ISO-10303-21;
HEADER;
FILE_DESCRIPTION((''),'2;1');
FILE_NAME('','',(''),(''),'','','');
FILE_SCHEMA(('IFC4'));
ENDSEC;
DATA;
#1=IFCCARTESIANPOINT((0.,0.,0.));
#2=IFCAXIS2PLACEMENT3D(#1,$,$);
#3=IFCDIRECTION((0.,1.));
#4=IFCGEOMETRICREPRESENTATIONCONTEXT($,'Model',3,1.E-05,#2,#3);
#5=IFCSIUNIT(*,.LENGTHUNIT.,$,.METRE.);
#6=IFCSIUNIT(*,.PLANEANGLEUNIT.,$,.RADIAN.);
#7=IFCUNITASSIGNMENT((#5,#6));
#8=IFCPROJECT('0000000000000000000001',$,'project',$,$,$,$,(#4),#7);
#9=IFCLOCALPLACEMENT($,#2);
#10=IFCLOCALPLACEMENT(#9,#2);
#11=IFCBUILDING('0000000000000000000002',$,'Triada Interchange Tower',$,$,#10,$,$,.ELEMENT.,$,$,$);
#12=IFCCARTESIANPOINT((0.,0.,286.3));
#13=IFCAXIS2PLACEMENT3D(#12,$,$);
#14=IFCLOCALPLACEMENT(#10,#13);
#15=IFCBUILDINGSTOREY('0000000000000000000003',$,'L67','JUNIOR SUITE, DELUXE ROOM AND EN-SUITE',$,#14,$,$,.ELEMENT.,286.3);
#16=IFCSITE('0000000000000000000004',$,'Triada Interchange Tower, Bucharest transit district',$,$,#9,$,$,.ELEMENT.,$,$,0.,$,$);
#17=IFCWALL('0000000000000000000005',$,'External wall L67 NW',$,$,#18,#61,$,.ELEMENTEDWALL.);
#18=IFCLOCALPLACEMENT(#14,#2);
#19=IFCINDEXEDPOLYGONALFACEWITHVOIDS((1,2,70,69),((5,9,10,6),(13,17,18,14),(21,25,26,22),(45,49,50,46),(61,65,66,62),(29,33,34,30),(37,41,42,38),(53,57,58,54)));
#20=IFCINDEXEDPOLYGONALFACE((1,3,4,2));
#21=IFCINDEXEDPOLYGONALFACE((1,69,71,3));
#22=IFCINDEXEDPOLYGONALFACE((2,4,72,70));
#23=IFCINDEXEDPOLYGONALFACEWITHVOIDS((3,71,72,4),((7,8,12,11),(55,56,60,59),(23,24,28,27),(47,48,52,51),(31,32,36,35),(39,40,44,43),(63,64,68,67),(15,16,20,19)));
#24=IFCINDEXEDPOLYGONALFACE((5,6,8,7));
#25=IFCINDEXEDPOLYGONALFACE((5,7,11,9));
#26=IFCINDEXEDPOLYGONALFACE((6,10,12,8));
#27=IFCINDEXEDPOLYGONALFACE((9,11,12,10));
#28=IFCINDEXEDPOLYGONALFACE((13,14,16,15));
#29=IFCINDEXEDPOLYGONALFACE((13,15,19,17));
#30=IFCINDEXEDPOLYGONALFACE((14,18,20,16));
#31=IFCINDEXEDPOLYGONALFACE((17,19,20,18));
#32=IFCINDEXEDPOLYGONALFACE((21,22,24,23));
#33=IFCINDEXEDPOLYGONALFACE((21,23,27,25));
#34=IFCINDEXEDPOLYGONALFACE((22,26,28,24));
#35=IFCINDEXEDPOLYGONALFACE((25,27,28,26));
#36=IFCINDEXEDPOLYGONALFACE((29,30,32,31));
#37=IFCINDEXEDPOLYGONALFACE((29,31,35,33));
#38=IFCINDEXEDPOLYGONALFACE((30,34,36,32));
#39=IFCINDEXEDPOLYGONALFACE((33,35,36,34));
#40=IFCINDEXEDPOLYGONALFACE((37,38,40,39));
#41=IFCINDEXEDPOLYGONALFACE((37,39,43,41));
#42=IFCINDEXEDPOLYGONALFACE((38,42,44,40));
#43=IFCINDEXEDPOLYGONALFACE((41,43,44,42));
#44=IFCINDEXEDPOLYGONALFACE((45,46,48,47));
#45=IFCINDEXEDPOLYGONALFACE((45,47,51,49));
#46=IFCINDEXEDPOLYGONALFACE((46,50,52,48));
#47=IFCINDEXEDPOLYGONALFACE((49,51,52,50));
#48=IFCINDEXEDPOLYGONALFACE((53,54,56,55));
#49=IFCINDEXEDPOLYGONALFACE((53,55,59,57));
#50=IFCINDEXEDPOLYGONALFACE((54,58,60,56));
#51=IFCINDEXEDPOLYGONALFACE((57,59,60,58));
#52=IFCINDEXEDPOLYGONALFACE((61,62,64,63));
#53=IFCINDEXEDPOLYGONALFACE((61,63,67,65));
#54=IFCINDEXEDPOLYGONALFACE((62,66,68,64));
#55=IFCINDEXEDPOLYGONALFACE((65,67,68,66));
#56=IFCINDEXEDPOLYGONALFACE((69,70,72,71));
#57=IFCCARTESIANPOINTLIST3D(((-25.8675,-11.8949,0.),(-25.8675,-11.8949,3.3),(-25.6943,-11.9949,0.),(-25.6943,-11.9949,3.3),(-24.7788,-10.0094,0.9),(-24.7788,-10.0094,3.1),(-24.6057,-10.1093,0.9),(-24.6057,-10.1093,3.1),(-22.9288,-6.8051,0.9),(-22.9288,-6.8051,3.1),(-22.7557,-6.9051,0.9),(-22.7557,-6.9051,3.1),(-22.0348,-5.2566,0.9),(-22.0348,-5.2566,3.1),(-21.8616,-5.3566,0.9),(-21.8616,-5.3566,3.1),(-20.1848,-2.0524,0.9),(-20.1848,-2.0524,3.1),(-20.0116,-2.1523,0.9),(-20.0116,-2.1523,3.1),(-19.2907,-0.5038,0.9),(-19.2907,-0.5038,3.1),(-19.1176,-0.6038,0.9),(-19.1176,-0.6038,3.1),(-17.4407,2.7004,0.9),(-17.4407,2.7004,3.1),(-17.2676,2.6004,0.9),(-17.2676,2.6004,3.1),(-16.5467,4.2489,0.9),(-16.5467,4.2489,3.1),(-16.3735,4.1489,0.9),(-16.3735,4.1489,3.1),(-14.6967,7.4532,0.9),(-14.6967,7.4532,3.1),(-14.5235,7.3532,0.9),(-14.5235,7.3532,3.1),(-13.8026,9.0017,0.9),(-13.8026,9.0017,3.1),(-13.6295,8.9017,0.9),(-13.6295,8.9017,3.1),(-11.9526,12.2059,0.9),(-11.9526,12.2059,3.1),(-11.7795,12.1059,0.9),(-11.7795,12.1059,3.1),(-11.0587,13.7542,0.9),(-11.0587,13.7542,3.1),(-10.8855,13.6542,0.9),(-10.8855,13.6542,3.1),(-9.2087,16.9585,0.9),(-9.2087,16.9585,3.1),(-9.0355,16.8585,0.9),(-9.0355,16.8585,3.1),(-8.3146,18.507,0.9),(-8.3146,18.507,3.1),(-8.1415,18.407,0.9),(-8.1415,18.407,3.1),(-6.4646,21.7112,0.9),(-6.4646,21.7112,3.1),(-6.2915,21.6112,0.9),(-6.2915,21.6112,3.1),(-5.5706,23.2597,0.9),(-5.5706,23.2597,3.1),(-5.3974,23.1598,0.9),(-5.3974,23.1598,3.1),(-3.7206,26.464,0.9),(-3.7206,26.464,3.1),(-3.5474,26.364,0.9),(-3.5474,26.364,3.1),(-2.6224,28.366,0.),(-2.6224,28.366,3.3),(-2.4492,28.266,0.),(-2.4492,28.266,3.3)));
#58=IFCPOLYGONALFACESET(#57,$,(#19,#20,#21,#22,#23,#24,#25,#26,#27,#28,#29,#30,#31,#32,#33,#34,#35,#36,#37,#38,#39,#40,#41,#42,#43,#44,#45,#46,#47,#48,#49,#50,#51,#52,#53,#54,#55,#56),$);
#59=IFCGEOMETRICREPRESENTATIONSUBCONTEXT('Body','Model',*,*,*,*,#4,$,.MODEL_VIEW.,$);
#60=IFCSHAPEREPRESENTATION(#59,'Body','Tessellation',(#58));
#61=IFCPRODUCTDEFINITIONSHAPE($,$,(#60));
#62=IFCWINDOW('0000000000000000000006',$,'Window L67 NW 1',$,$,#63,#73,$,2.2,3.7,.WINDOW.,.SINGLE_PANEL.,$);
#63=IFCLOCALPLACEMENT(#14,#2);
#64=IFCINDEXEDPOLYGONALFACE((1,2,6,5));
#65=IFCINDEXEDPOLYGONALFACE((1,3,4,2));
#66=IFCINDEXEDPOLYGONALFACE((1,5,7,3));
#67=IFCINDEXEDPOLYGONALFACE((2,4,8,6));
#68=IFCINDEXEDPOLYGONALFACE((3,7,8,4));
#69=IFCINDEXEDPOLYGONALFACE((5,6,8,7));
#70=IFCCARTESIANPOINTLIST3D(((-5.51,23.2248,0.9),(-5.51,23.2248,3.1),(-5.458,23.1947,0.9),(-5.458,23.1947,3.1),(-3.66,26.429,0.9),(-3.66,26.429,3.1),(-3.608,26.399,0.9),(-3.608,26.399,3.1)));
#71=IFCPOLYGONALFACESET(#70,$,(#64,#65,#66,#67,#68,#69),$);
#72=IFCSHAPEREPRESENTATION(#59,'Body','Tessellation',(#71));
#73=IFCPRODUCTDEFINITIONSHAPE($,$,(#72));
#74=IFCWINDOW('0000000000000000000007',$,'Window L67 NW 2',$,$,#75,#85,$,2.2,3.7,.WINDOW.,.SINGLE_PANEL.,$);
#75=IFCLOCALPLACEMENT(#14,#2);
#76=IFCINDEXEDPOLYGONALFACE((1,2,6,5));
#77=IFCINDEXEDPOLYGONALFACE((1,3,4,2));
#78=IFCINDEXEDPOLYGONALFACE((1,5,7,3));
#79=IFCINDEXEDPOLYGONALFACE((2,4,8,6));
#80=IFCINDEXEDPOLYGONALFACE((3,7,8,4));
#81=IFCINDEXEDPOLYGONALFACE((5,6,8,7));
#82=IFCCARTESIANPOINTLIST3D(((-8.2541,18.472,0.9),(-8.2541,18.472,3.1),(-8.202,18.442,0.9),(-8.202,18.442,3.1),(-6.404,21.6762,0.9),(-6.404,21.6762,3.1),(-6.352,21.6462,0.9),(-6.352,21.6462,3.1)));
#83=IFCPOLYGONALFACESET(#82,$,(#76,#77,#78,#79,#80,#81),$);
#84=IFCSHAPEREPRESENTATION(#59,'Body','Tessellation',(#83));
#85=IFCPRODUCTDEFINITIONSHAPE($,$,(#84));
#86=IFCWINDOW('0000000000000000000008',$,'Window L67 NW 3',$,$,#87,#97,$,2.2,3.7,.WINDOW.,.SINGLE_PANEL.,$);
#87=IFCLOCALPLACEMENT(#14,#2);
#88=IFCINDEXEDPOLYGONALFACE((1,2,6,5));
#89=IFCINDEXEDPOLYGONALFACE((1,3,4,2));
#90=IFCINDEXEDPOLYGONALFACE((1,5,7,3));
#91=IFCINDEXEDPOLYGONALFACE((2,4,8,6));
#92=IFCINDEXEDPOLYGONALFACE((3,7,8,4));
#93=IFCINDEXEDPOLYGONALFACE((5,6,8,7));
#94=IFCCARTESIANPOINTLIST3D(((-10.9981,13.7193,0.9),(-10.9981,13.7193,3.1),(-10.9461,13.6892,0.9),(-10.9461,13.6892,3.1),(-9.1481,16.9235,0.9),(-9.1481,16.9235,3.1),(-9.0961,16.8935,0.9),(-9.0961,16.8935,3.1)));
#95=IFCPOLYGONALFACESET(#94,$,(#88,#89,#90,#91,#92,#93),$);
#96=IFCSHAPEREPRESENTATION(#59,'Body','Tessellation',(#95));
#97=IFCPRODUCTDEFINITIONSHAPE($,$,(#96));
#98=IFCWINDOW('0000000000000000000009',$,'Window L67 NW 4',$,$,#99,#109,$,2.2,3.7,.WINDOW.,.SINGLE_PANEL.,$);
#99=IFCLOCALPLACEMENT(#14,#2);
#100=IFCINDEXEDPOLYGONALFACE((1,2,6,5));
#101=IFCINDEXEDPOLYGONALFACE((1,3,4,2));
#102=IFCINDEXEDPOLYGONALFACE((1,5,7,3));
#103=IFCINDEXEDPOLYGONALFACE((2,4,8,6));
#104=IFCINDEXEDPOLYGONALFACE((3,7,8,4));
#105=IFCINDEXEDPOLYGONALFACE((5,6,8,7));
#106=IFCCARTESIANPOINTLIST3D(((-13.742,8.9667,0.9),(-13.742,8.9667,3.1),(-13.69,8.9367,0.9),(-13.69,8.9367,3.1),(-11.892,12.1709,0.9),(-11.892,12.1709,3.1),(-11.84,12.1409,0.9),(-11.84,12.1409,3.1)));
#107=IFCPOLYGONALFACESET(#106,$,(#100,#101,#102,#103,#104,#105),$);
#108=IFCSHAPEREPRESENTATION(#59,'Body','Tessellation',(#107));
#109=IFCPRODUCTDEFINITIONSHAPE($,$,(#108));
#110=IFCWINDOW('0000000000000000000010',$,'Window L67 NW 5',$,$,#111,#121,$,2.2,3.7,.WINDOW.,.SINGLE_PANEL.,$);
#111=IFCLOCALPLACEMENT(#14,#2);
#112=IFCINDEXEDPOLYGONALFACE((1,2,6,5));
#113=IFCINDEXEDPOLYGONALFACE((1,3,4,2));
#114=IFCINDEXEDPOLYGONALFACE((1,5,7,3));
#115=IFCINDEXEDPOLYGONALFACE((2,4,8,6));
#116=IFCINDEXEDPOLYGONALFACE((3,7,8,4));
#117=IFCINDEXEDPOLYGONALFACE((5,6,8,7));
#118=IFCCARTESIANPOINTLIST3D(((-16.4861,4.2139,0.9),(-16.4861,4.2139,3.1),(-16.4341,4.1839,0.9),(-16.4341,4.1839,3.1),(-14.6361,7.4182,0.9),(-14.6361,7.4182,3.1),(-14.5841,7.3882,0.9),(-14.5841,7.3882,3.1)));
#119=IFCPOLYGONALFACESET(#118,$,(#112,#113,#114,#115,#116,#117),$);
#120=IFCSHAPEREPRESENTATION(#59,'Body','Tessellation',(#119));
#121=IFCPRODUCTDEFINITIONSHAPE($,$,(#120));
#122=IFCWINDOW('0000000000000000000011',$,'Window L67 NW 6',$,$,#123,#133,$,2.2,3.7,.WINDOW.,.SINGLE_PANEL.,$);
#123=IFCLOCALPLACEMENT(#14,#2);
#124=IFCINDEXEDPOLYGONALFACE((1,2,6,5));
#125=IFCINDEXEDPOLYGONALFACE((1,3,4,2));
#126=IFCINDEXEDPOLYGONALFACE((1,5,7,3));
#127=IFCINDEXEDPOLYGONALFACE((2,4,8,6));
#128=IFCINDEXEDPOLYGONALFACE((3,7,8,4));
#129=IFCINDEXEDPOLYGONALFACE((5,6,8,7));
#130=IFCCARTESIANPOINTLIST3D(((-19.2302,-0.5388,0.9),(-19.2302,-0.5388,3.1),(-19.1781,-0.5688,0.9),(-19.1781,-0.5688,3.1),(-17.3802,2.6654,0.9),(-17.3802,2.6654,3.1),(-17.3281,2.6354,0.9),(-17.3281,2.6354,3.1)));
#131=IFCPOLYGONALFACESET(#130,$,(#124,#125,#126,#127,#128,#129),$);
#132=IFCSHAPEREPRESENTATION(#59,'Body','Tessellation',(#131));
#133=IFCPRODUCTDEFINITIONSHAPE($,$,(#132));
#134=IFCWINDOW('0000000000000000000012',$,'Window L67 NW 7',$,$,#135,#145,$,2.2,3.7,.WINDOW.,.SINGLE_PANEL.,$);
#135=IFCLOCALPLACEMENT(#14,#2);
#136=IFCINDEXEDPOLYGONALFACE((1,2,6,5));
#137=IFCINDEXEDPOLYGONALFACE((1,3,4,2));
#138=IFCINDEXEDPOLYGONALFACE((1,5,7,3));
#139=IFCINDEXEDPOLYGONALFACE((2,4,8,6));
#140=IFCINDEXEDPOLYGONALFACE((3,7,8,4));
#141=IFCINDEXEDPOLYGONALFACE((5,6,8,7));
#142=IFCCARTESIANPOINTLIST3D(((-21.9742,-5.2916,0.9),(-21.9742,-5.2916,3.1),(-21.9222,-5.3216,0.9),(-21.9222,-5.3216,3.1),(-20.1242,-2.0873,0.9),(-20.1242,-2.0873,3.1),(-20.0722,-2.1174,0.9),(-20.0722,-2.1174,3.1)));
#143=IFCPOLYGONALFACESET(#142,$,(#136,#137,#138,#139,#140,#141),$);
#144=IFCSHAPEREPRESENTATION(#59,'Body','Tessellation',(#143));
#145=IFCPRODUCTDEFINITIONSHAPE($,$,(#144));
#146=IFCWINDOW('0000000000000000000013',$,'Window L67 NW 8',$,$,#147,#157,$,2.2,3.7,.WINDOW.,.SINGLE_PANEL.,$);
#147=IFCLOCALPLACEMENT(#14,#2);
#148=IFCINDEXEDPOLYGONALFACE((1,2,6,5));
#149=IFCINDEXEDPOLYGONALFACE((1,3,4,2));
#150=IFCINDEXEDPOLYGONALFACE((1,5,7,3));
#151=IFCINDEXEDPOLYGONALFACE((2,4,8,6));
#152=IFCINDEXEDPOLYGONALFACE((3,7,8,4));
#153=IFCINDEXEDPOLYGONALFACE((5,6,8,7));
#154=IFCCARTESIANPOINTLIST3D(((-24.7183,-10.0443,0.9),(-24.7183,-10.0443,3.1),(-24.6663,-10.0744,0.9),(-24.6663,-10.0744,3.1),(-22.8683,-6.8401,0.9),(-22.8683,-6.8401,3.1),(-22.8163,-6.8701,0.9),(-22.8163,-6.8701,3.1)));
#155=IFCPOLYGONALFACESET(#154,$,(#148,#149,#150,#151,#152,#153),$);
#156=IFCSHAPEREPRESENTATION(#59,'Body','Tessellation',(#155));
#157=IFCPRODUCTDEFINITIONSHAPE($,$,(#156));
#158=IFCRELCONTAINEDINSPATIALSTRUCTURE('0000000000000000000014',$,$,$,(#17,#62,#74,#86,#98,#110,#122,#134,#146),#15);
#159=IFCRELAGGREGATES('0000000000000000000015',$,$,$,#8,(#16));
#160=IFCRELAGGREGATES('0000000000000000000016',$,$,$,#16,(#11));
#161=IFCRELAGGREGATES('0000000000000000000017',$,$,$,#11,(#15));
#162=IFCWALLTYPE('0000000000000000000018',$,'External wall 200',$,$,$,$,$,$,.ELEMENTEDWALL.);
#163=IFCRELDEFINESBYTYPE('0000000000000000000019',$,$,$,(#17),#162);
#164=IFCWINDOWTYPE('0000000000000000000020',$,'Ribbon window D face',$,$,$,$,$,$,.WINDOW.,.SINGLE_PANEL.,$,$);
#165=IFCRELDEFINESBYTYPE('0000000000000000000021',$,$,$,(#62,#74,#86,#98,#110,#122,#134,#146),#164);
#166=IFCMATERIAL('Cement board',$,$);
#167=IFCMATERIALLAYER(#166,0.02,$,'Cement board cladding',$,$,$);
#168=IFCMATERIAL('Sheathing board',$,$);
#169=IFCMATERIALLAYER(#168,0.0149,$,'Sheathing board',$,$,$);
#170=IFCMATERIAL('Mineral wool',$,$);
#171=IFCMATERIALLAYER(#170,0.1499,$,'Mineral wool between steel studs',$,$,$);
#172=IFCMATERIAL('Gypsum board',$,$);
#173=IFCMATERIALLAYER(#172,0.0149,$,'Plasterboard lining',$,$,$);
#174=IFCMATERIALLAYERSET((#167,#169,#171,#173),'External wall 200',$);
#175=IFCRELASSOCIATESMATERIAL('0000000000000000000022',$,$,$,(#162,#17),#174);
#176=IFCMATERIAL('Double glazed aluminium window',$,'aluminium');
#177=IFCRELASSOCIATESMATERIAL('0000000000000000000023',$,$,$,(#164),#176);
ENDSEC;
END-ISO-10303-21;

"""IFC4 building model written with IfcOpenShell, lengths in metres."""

from ifc_helpers import new_model, si_unit, direction, frame, frame_2d, origin, place, context, subcontext, project, spatial, rectangle, extrude, material, layer, layer_set, layer_usage, type_object, element, fill, save


model = new_model("IFC4")

# Units and contexts
model_context = context("Model", 3, precision=1e-05, world=origin(), true_north=direction((0.0, 1.0)))
body_context = subcontext(model_context, "Body", "Model", "MODEL_VIEW")
ifc_project = project(units=[si_unit("LENGTHUNIT", "METRE"), si_unit("PLANEANGLEUNIT", "RADIAN")], contexts=[model_context])

# Site, building, storey
site_placement = place(None, origin())
site = spatial("IfcSite", under=ifc_project, at=site_placement, Name="Triada Interchange Tower, Bucharest transit district", CompositionType="ELEMENT", RefElevation=0.0)
building_placement = place(site_placement, origin())
building = spatial("IfcBuilding", under=site, at=building_placement, Name="Triada Interchange Tower", CompositionType="ELEMENT")
storey_placement = place(building_placement, frame((0.0, 0.0, 286.3)))
storey = spatial("IfcBuildingStorey", under=building, at=storey_placement, Name="L67", Description="JUNIOR SUITE, DELUXE ROOM AND EN-SUITE", CompositionType="ELEMENT", Elevation=286.3)

# Wall, openings, windows
ifc_material_1 = material(Name="Cement board")
ifc_layer_1 = layer(ifc_material_1, 0.02, Name="Cement board cladding")
ifc_material_2 = material(Name="Sheathing board")
ifc_layer_2 = layer(ifc_material_2, 0.0149, Name="Sheathing board")
ifc_material_3 = material(Name="Mineral wool")
ifc_layer_3 = layer(ifc_material_3, 0.1499, Name="Mineral wool between steel studs")
ifc_material_4 = material(Name="Gypsum board")
ifc_layer_4 = layer(ifc_material_4, 0.0149, Name="Plasterboard lining")
ifc_layer_set_1 = layer_set([ifc_layer_1, ifc_layer_2, ifc_layer_3, ifc_layer_4], Name="External wall 200")
ifc_layer_usage = layer_usage(ifc_layer_set_1, "AXIS2", "POSITIVE", -0.1001)
wall_type = type_object("IfcWallType", Name="External wall 200", PredefinedType="ELEMENTEDWALL", material=ifc_layer_set_1)
wall_placement = place(storey_placement, frame((-2.5359, 28.3159, 0.0), z_axis=(0.0, 0.0, 1.0), x_axis=(-0.500007, -0.866021, 0.0)))
wall = element("IfcWall", 1, at=wall_placement, inside=storey, type_object=wall_type, material=ifc_layer_usage, Name="External wall L67 NW", PredefinedType="ELEMENTEDWALL", context=body_context, shape_type="SweptSolid", body=[
    extrude(rectangle(XDim=46.4895, YDim=0.2, at=frame_2d((23.2446, 0.0))), origin(), (0.0, 0.0, 1.0), 3.3),
])
opening_1_placement = place(wall_placement, frame((2.196, 0.0, 0.8999)))
opening_1 = element("IfcOpeningElement", 2, at=opening_1_placement, cuts=wall, PredefinedType="OPENING", context=body_context, shape_type="SweptSolid", body=[
    extrude(rectangle(XDim=3.7, YDim=2.2, at=frame_2d((1.8501, 1.1001))), frame((0.0, 0.1099, 0.0), z_axis=(0.0, -1.0, 0.0), x_axis=(1.0, 0.0, 0.0)), (0.0, 0.0, 1.0), 0.22),
])
opening_2_placement = place(wall_placement, frame((7.6841, 0.0, 0.8999)))
opening_2 = element("IfcOpeningElement", 3, at=opening_2_placement, cuts=wall, PredefinedType="OPENING", context=body_context, shape_type="SweptSolid", body=[
    extrude(rectangle(XDim=3.7, YDim=2.2, at=frame_2d((1.8501, 1.1001))), frame((0.0, 0.1099, 0.0), z_axis=(0.0, -1.0, 0.0), x_axis=(1.0, 0.0, 0.0)), (0.0, 0.0, 1.0), 0.22),
])
opening_3_placement = place(wall_placement, frame((13.1721, 0.0, 0.8999)))
opening_3 = element("IfcOpeningElement", 4, at=opening_3_placement, cuts=wall, PredefinedType="OPENING", context=body_context, shape_type="SweptSolid", body=[
    extrude(rectangle(XDim=3.7, YDim=2.2, at=frame_2d((1.8501, 1.1001))), frame((0.0, 0.1099, 0.0), z_axis=(0.0, -1.0, 0.0), x_axis=(1.0, 0.0, 0.0)), (0.0, 0.0, 1.0), 0.22),
])
opening_4_placement = place(wall_placement, frame((18.6599, 0.0, 0.8999)))
opening_4 = element("IfcOpeningElement", 5, at=opening_4_placement, cuts=wall, PredefinedType="OPENING", context=body_context, shape_type="SweptSolid", body=[
    extrude(rectangle(XDim=3.7, YDim=2.2, at=frame_2d((1.8501, 1.1001))), frame((0.0, 0.1099, 0.0), z_axis=(0.0, -1.0, 0.0), x_axis=(1.0, 0.0, 0.0)), (0.0, 0.0, 1.0), 0.22),
])
opening_5_placement = place(wall_placement, frame((24.1479, 0.0, 0.8999)))
opening_5 = element("IfcOpeningElement", 6, at=opening_5_placement, cuts=wall, PredefinedType="OPENING", context=body_context, shape_type="SweptSolid", body=[
    extrude(rectangle(XDim=3.7, YDim=2.2, at=frame_2d((1.8501, 1.1001))), frame((0.0, 0.1099, 0.0), z_axis=(0.0, -1.0, 0.0), x_axis=(1.0, 0.0, 0.0)), (0.0, 0.0, 1.0), 0.22),
])
opening_6_placement = place(wall_placement, frame((29.636, 0.0, 0.8999)))
opening_6 = element("IfcOpeningElement", 7, at=opening_6_placement, cuts=wall, PredefinedType="OPENING", context=body_context, shape_type="SweptSolid", body=[
    extrude(rectangle(XDim=3.7, YDim=2.2, at=frame_2d((1.8501, 1.1001))), frame((0.0, 0.1099, 0.0), z_axis=(0.0, -1.0, 0.0), x_axis=(1.0, 0.0, 0.0)), (0.0, 0.0, 1.0), 0.22),
])
opening_7_placement = place(wall_placement, frame((35.124, 0.0, 0.8999)))
opening_7 = element("IfcOpeningElement", 8, at=opening_7_placement, cuts=wall, PredefinedType="OPENING", context=body_context, shape_type="SweptSolid", body=[
    extrude(rectangle(XDim=3.7, YDim=2.2, at=frame_2d((1.8501, 1.1001))), frame((0.0, 0.1099, 0.0), z_axis=(0.0, -1.0, 0.0), x_axis=(1.0, 0.0, 0.0)), (0.0, 0.0, 1.0), 0.22),
])
opening_8_placement = place(wall_placement, frame((40.6121, 0.0, 0.8999)))
opening_8 = element("IfcOpeningElement", 9, at=opening_8_placement, cuts=wall, PredefinedType="OPENING", context=body_context, shape_type="SweptSolid", body=[
    extrude(rectangle(XDim=3.7, YDim=2.2, at=frame_2d((1.8501, 1.1001))), frame((0.0, 0.1099, 0.0), z_axis=(0.0, -1.0, 0.0), x_axis=(1.0, 0.0, 0.0)), (0.0, 0.0, 1.0), 0.22),
])
ifc_material_5 = material(Name="Double glazed aluminium window", Category="aluminium")
window_type = type_object("IfcWindowType", Name="Ribbon window D face", PartitioningType="SINGLE_PANEL", PredefinedType="WINDOW", material=ifc_material_5)
window_1_placement = place(opening_1_placement, origin())
window_1 = element("IfcWindow", 10, at=window_1_placement, inside=storey, type_object=window_type, Name="Window L67 NW 1", OverallHeight=2.2, OverallWidth=3.7, PartitioningType="SINGLE_PANEL", PredefinedType="WINDOW", context=body_context, shape_type="SweptSolid", body=[
    extrude(rectangle(XDim=3.7, YDim=2.2, at=frame_2d((1.8501, 1.1001))), frame((0.0, 0.03, 0.0), z_axis=(0.0, -1.0, 0.0), x_axis=(1.0, 0.0, 0.0)), (0.0, 0.0, 1.0), 0.0601),
])
fill(opening_1, window_1)
window_2_placement = place(opening_2_placement, origin())
window_2 = element("IfcWindow", 11, at=window_2_placement, inside=storey, type_object=window_type, Name="Window L67 NW 2", OverallHeight=2.2, OverallWidth=3.7, PartitioningType="SINGLE_PANEL", PredefinedType="WINDOW", context=body_context, shape_type="SweptSolid", body=[
    extrude(rectangle(XDim=3.7, YDim=2.2, at=frame_2d((1.8501, 1.1001))), frame((0.0, 0.03, 0.0), z_axis=(0.0, -1.0, 0.0), x_axis=(1.0, 0.0, 0.0)), (0.0, 0.0, 1.0), 0.0601),
])
fill(opening_2, window_2)
window_3_placement = place(opening_3_placement, origin())
window_3 = element("IfcWindow", 12, at=window_3_placement, inside=storey, type_object=window_type, Name="Window L67 NW 3", OverallHeight=2.2, OverallWidth=3.7, PartitioningType="SINGLE_PANEL", PredefinedType="WINDOW", context=body_context, shape_type="SweptSolid", body=[
    extrude(rectangle(XDim=3.7, YDim=2.2, at=frame_2d((1.8501, 1.1001))), frame((0.0, 0.03, 0.0), z_axis=(0.0, -1.0, 0.0), x_axis=(1.0, 0.0, 0.0)), (0.0, 0.0, 1.0), 0.0601),
])
fill(opening_3, window_3)
window_4_placement = place(opening_4_placement, origin())
window_4 = element("IfcWindow", 13, at=window_4_placement, inside=storey, type_object=window_type, Name="Window L67 NW 4", OverallHeight=2.2, OverallWidth=3.7, PartitioningType="SINGLE_PANEL", PredefinedType="WINDOW", context=body_context, shape_type="SweptSolid", body=[
    extrude(rectangle(XDim=3.7, YDim=2.2, at=frame_2d((1.8501, 1.1001))), frame((0.0, 0.03, 0.0), z_axis=(0.0, -1.0, 0.0), x_axis=(1.0, 0.0, 0.0)), (0.0, 0.0, 1.0), 0.0601),
])
fill(opening_4, window_4)
window_5_placement = place(opening_5_placement, origin())
window_5 = element("IfcWindow", 14, at=window_5_placement, inside=storey, type_object=window_type, Name="Window L67 NW 5", OverallHeight=2.2, OverallWidth=3.7, PartitioningType="SINGLE_PANEL", PredefinedType="WINDOW", context=body_context, shape_type="SweptSolid", body=[
    extrude(rectangle(XDim=3.7, YDim=2.2, at=frame_2d((1.8501, 1.1001))), frame((0.0, 0.03, 0.0), z_axis=(0.0, -1.0, 0.0), x_axis=(1.0, 0.0, 0.0)), (0.0, 0.0, 1.0), 0.0601),
])
fill(opening_5, window_5)
window_6_placement = place(opening_6_placement, origin())
window_6 = element("IfcWindow", 15, at=window_6_placement, inside=storey, type_object=window_type, Name="Window L67 NW 6", OverallHeight=2.2, OverallWidth=3.7, PartitioningType="SINGLE_PANEL", PredefinedType="WINDOW", context=body_context, shape_type="SweptSolid", body=[
    extrude(rectangle(XDim=3.7, YDim=2.2, at=frame_2d((1.8501, 1.1001))), frame((0.0, 0.03, 0.0), z_axis=(0.0, -1.0, 0.0), x_axis=(1.0, 0.0, 0.0)), (0.0, 0.0, 1.0), 0.0601),
])
fill(opening_6, window_6)
window_7_placement = place(opening_7_placement, origin())
window_7 = element("IfcWindow", 16, at=window_7_placement, inside=storey, type_object=window_type, Name="Window L67 NW 7", OverallHeight=2.2, OverallWidth=3.7, PartitioningType="SINGLE_PANEL", PredefinedType="WINDOW", context=body_context, shape_type="SweptSolid", body=[
    extrude(rectangle(XDim=3.7, YDim=2.2, at=frame_2d((1.8501, 1.1001))), frame((0.0, 0.03, 0.0), z_axis=(0.0, -1.0, 0.0), x_axis=(1.0, 0.0, 0.0)), (0.0, 0.0, 1.0), 0.0601),
])
fill(opening_7, window_7)
window_8_placement = place(opening_8_placement, origin())
window_8 = element("IfcWindow", 17, at=window_8_placement, inside=storey, type_object=window_type, Name="Window L67 NW 8", OverallHeight=2.2, OverallWidth=3.7, PartitioningType="SINGLE_PANEL", PredefinedType="WINDOW", context=body_context, shape_type="SweptSolid", body=[
    extrude(rectangle(XDim=3.7, YDim=2.2, at=frame_2d((1.8501, 1.1001))), frame((0.0, 0.03, 0.0), z_axis=(0.0, -1.0, 0.0), x_axis=(1.0, 0.0, 0.0)), (0.0, 0.0, 1.0), 0.0601),
])
fill(opening_8, window_8)

save(model, "model.ifc")
